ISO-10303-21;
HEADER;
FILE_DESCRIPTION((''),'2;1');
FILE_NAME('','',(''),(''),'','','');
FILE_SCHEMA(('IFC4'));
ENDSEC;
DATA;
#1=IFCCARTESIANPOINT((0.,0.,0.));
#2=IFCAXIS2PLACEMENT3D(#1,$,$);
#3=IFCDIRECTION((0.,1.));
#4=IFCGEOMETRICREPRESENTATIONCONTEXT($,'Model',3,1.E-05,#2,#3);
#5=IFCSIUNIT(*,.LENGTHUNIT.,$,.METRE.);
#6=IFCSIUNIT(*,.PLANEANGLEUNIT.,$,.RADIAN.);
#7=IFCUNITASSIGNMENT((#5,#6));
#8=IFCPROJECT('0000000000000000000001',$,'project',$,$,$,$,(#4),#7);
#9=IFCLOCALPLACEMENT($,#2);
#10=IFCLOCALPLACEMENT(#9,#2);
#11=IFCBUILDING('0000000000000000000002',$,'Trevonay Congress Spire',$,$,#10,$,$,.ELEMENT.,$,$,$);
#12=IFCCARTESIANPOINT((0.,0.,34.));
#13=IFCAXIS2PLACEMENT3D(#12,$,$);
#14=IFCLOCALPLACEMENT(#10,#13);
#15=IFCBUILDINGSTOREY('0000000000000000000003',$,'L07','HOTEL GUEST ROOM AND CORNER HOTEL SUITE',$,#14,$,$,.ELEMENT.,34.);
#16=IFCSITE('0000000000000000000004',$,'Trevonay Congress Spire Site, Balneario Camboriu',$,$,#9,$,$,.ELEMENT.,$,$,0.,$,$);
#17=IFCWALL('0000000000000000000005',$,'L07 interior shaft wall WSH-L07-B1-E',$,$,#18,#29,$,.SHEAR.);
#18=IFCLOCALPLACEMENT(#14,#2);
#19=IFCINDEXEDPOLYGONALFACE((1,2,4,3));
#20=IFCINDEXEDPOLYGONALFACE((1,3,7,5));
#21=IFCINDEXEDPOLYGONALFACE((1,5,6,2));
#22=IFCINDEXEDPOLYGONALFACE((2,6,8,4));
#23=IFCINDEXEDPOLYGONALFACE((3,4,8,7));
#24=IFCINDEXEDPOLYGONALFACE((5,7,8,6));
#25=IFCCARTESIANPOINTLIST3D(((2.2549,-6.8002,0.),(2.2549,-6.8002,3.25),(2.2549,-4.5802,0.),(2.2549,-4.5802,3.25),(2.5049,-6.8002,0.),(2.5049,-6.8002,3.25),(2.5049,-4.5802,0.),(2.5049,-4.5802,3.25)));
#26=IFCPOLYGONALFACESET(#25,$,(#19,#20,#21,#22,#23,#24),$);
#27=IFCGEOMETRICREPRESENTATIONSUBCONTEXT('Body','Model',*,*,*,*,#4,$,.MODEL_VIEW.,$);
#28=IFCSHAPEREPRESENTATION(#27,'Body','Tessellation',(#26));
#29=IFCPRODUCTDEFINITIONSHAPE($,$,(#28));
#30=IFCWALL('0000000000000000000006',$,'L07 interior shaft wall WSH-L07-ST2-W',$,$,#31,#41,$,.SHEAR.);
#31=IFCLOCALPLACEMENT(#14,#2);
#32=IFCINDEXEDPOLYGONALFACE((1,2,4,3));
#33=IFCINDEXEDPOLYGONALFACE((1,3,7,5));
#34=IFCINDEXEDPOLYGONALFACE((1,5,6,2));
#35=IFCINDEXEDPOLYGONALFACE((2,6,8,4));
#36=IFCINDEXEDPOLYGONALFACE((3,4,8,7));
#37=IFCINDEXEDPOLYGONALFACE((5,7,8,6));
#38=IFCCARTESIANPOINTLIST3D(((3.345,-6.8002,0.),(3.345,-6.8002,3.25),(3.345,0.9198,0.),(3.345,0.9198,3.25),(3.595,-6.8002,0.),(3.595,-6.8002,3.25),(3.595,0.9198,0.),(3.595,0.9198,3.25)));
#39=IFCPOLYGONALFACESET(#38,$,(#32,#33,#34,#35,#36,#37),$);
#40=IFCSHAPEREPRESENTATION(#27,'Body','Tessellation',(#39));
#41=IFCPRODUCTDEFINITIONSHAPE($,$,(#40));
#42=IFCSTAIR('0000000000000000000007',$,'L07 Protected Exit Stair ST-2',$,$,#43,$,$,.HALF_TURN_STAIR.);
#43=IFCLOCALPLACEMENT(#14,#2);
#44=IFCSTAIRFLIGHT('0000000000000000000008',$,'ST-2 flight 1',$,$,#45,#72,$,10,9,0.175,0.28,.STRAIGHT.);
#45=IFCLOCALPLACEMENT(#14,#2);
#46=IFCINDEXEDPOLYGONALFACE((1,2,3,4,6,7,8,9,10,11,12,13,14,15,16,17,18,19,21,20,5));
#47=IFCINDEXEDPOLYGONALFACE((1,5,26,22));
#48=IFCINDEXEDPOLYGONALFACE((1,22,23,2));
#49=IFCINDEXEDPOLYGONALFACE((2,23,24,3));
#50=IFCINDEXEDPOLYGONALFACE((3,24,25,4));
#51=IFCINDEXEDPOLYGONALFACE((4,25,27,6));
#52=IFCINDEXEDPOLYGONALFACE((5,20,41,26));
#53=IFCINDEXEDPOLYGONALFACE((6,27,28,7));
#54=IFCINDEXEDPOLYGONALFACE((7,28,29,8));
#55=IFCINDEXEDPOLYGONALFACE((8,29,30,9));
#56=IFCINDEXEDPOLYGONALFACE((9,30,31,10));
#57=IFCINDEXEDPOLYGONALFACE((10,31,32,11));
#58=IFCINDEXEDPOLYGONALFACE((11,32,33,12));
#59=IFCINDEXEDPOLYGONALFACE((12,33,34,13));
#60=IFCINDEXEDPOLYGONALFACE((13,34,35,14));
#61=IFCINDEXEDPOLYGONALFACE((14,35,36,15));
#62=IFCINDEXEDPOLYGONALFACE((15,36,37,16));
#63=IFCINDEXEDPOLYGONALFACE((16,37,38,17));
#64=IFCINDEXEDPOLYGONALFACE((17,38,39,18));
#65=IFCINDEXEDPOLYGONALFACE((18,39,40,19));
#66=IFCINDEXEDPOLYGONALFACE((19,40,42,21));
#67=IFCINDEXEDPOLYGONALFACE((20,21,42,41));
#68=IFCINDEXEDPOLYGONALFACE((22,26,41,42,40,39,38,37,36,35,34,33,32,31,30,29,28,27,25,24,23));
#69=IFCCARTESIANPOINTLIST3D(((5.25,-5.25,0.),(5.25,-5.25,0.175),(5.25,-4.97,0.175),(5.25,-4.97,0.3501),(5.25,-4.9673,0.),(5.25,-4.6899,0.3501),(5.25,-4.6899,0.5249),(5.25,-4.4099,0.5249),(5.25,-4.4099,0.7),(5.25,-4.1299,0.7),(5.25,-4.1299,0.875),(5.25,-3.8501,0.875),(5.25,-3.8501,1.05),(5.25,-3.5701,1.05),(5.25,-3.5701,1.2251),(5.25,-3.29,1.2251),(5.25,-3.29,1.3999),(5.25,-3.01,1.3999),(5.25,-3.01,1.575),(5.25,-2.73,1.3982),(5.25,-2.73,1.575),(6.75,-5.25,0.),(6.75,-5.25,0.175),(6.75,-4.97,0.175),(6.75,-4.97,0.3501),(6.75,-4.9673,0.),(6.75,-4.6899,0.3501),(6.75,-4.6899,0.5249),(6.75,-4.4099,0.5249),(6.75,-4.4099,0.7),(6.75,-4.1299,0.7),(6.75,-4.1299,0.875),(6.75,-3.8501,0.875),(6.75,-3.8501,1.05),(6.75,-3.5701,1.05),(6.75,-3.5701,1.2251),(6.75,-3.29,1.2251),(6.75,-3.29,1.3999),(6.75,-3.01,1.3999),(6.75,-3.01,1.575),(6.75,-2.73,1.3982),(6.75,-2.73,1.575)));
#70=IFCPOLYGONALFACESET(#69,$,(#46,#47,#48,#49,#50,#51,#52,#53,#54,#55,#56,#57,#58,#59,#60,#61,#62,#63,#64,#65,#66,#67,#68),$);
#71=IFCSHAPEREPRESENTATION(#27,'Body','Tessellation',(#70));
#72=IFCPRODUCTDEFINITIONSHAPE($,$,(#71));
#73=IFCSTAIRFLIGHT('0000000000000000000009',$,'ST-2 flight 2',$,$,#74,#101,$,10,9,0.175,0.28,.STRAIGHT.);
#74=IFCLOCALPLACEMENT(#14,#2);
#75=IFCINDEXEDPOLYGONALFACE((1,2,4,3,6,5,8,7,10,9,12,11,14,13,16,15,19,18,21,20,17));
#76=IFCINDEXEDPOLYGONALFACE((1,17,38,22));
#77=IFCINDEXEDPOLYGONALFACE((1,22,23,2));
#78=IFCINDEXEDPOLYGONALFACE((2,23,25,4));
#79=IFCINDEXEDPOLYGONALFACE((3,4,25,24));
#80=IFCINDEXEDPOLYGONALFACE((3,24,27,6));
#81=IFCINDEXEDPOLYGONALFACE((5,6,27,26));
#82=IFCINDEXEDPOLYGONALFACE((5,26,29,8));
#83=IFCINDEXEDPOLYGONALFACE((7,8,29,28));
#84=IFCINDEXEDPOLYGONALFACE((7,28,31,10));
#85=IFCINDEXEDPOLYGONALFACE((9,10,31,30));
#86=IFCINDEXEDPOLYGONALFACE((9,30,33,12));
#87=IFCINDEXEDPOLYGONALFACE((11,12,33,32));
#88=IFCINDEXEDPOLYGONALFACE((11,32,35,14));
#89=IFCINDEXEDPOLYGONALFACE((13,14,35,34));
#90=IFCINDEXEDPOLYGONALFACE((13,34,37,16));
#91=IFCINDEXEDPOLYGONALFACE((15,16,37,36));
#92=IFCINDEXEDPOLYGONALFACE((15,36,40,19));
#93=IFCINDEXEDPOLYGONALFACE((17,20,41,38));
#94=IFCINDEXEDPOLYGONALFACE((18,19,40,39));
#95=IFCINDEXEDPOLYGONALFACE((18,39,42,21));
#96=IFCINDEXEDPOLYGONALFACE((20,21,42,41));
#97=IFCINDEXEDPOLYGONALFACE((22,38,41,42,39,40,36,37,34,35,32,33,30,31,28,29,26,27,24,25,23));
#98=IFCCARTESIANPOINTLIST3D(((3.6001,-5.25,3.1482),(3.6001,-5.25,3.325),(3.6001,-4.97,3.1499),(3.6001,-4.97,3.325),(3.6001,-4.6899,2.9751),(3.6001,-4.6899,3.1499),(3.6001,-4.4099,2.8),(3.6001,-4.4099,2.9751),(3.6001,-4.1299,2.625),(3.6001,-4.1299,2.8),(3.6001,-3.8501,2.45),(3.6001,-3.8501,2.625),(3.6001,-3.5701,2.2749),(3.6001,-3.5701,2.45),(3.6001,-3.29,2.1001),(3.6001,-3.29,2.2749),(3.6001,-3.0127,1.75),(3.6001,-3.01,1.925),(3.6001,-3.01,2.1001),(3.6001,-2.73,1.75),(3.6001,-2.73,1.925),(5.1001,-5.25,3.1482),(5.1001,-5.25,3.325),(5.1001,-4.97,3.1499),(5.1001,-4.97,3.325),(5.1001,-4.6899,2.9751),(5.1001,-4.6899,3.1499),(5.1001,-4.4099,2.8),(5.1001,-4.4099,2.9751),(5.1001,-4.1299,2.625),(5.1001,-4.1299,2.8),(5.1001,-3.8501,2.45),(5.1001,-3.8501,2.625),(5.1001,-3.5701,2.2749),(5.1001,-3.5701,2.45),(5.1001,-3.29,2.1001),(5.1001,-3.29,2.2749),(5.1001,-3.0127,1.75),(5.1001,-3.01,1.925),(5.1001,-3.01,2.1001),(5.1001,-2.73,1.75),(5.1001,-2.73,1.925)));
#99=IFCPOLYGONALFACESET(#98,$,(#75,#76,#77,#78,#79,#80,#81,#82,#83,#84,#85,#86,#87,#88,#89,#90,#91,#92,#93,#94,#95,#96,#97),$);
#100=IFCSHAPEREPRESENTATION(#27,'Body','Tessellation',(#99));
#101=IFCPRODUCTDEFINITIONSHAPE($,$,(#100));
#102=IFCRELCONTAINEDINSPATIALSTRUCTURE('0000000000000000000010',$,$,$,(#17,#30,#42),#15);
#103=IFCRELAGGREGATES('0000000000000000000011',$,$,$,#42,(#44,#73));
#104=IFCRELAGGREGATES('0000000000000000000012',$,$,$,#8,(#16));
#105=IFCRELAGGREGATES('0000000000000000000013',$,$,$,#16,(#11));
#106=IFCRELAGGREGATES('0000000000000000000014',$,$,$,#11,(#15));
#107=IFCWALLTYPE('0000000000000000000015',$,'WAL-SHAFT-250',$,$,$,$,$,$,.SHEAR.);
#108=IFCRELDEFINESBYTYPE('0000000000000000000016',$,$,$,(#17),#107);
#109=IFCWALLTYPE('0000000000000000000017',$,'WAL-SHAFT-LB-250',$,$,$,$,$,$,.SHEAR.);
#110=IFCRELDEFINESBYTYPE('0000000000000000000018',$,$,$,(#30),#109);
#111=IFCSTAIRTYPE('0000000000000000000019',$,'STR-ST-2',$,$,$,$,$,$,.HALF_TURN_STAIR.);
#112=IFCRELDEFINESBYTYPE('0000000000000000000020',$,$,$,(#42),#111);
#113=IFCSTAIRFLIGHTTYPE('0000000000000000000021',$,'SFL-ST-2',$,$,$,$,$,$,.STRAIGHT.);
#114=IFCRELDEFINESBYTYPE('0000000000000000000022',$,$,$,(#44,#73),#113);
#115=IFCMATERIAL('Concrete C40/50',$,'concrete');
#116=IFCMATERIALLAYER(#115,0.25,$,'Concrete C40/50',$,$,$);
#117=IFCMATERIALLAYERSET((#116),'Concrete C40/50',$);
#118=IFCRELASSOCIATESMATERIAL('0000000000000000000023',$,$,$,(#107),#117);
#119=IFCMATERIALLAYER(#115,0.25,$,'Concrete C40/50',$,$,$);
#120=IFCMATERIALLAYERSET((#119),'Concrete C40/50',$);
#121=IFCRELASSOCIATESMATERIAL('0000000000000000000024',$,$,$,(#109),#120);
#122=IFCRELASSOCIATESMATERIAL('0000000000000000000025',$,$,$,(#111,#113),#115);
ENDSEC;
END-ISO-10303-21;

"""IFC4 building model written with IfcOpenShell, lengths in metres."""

from ifc_helpers import new_model, si_unit, direction, frame, frame_2d, origin, place, context, subcontext, project, spatial, polyline, rectangle, outline, extrude, material, layer, layer_set, type_object, element, aggregate, save


model = new_model("IFC4")

# Units and contexts
model_context = context("Model", 3, precision=1e-05, world=origin(), true_north=direction((0.0, 1.0)))
body_context = subcontext(model_context, "Body", "Model", "MODEL_VIEW")
ifc_project = project(units=[si_unit("LENGTHUNIT", "METRE"), si_unit("PLANEANGLEUNIT", "RADIAN")], contexts=[model_context])

# Site, building, storey
site_placement = place(None, origin())
site = spatial("IfcSite", under=ifc_project, at=site_placement, Name="Trevonay Congress Spire Site, Balneario Camboriu", CompositionType="ELEMENT", RefElevation=0.0)
building_placement = place(site_placement, origin())
building = spatial("IfcBuilding", under=site, at=building_placement, Name="Trevonay Congress Spire", CompositionType="ELEMENT")
storey_placement = place(building_placement, frame((0.0, 0.0, 34.0)))
storey = spatial("IfcBuildingStorey", under=building, at=storey_placement, Name="L07", Description="HOTEL GUEST ROOM AND CORNER HOTEL SUITE", CompositionType="ELEMENT", Elevation=34.0)

# Shared definitions
ifc_material_1 = material(Name="Concrete C40/50", Category="concrete")

# Walls
ifc_layer_1 = layer(ifc_material_1, 0.25, Name="Concrete C40/50")
ifc_layer_set_1 = layer_set([ifc_layer_1], Name="Concrete C40/50")
wall_type_1 = type_object("IfcWallType", Name="WAL-SHAFT-250", PredefinedType="SHEAR", material=ifc_layer_set_1)
wall_1_placement = place(storey_placement, frame((2.3799, -6.8, 0.0), z_axis=(0.0, 0.0, 1.0), x_axis=(0.0, 1.0, 0.0)))
element("IfcWall", 1, at=wall_1_placement, inside=storey, type_object=wall_type_1, Name="L07 interior shaft wall WSH-L07-B1-E", PredefinedType="SHEAR", context=body_context, shape_type="SweptSolid", body=[
    extrude(rectangle(XDim=2.22, YDim=0.25, at=frame_2d((1.1099, 0.0))), origin(), (0.0, 0.0, 1.0), 3.25),
])
ifc_layer_2 = layer(ifc_material_1, 0.25, Name="Concrete C40/50")
ifc_layer_set_2 = layer_set([ifc_layer_2], Name="Concrete C40/50")
wall_type_2 = type_object("IfcWallType", Name="WAL-SHAFT-LB-250", PredefinedType="SHEAR", material=ifc_layer_set_2)
wall_2_placement = place(storey_placement, frame((3.47, -6.8, 0.0), z_axis=(0.0, 0.0, 1.0), x_axis=(0.0, 1.0, 0.0)))
element("IfcWall", 2, at=wall_2_placement, inside=storey, type_object=wall_type_2, Name="L07 interior shaft wall WSH-L07-ST2-W", PredefinedType="SHEAR", context=body_context, shape_type="SweptSolid", body=[
    extrude(rectangle(XDim=7.72, YDim=0.25, at=frame_2d((3.8599, 0.0))), origin(), (0.0, 0.0, 1.0), 3.25),
])

# Stair, stair flights
stair_type = type_object("IfcStairType", Name="STR-ST-2", PredefinedType="HALF_TURN_STAIR", material=ifc_material_1)
stair_placement = place(storey_placement, origin())
stair = element("IfcStair", 3, at=stair_placement, inside=storey, type_object=stair_type, Name="L07 Protected Exit Stair ST-2", PredefinedType="HALF_TURN_STAIR")
stair_flight_type = type_object("IfcStairFlightType", Name="SFL-ST-2", PredefinedType="STRAIGHT", material=ifc_material_1)
stair_flight_1_placement = place(storey_placement, frame((6.0, -5.25, 0.0), z_axis=(0.0, 0.0, 1.0), x_axis=(0.0, 1.0, 0.0)))
stair_flight_1 = element("IfcStairFlight", 4, at=stair_flight_1_placement, type_object=stair_flight_type, Name="ST-2 flight 1", NumberOfRisers=10, NumberOfTreads=9, PredefinedType="STRAIGHT", RiserHeight=0.175, TreadLength=0.28, context=body_context, shape_type="SweptSolid", body=[
    extrude(outline(polyline([(0.0, 0.0), (0.0, 0.175), (0.28, 0.175), (0.28, 0.3501), (0.5601, 0.3501), (0.5601, 0.5249), (0.8401, 0.5249), (0.8401, 0.7), (1.1201, 0.7), (1.1201, 0.875), (1.3999, 0.875), (1.3999, 1.05), (1.6799, 1.05), (1.6799, 1.2251), (1.96, 1.2251), (1.96, 1.3999), (2.24, 1.3999), (2.24, 1.575), (2.52, 1.575), (2.52, 1.75), (2.52, 1.3982), (0.2827, 0.0), (0.0, 0.0)])), frame((0.0, 0.75, 0.0), z_axis=(0.0, -1.0, 0.0), x_axis=(1.0, 0.0, 0.0)), (0.0, 0.0, 1.0), 1.5),
])
stair_flight_2_placement = place(storey_placement, frame((4.3501, -2.73, 1.75), z_axis=(0.0, 0.0, 1.0), x_axis=(0.0, -1.0, 0.0)))
stair_flight_2 = element("IfcStairFlight", 5, at=stair_flight_2_placement, type_object=stair_flight_type, Name="ST-2 flight 2", NumberOfRisers=10, NumberOfTreads=9, PredefinedType="STRAIGHT", RiserHeight=0.175, TreadLength=0.28, context=body_context, shape_type="SweptSolid", body=[
    extrude(outline(polyline([(0.0, 0.0), (0.0, 0.175), (0.28, 0.175), (0.28, 0.3501), (0.5601, 0.3501), (0.5601, 0.5249), (0.8401, 0.5249), (0.8401, 0.7), (1.1201, 0.7), (1.1201, 0.875), (1.3999, 0.875), (1.3999, 1.05), (1.6799, 1.05), (1.6799, 1.2251), (1.96, 1.2251), (1.96, 1.3999), (2.24, 1.3999), (2.24, 1.575), (2.52, 1.575), (2.52, 1.75), (2.52, 1.3982), (0.2827, 0.0), (0.0, 0.0)])), frame((0.0, 0.75, 0.0), z_axis=(0.0, -1.0, 0.0), x_axis=(1.0, 0.0, 0.0)), (0.0, 0.0, 1.0), 1.5),
])
aggregate(stair, [stair_flight_1, stair_flight_2])

save(model, "model.ifc")
